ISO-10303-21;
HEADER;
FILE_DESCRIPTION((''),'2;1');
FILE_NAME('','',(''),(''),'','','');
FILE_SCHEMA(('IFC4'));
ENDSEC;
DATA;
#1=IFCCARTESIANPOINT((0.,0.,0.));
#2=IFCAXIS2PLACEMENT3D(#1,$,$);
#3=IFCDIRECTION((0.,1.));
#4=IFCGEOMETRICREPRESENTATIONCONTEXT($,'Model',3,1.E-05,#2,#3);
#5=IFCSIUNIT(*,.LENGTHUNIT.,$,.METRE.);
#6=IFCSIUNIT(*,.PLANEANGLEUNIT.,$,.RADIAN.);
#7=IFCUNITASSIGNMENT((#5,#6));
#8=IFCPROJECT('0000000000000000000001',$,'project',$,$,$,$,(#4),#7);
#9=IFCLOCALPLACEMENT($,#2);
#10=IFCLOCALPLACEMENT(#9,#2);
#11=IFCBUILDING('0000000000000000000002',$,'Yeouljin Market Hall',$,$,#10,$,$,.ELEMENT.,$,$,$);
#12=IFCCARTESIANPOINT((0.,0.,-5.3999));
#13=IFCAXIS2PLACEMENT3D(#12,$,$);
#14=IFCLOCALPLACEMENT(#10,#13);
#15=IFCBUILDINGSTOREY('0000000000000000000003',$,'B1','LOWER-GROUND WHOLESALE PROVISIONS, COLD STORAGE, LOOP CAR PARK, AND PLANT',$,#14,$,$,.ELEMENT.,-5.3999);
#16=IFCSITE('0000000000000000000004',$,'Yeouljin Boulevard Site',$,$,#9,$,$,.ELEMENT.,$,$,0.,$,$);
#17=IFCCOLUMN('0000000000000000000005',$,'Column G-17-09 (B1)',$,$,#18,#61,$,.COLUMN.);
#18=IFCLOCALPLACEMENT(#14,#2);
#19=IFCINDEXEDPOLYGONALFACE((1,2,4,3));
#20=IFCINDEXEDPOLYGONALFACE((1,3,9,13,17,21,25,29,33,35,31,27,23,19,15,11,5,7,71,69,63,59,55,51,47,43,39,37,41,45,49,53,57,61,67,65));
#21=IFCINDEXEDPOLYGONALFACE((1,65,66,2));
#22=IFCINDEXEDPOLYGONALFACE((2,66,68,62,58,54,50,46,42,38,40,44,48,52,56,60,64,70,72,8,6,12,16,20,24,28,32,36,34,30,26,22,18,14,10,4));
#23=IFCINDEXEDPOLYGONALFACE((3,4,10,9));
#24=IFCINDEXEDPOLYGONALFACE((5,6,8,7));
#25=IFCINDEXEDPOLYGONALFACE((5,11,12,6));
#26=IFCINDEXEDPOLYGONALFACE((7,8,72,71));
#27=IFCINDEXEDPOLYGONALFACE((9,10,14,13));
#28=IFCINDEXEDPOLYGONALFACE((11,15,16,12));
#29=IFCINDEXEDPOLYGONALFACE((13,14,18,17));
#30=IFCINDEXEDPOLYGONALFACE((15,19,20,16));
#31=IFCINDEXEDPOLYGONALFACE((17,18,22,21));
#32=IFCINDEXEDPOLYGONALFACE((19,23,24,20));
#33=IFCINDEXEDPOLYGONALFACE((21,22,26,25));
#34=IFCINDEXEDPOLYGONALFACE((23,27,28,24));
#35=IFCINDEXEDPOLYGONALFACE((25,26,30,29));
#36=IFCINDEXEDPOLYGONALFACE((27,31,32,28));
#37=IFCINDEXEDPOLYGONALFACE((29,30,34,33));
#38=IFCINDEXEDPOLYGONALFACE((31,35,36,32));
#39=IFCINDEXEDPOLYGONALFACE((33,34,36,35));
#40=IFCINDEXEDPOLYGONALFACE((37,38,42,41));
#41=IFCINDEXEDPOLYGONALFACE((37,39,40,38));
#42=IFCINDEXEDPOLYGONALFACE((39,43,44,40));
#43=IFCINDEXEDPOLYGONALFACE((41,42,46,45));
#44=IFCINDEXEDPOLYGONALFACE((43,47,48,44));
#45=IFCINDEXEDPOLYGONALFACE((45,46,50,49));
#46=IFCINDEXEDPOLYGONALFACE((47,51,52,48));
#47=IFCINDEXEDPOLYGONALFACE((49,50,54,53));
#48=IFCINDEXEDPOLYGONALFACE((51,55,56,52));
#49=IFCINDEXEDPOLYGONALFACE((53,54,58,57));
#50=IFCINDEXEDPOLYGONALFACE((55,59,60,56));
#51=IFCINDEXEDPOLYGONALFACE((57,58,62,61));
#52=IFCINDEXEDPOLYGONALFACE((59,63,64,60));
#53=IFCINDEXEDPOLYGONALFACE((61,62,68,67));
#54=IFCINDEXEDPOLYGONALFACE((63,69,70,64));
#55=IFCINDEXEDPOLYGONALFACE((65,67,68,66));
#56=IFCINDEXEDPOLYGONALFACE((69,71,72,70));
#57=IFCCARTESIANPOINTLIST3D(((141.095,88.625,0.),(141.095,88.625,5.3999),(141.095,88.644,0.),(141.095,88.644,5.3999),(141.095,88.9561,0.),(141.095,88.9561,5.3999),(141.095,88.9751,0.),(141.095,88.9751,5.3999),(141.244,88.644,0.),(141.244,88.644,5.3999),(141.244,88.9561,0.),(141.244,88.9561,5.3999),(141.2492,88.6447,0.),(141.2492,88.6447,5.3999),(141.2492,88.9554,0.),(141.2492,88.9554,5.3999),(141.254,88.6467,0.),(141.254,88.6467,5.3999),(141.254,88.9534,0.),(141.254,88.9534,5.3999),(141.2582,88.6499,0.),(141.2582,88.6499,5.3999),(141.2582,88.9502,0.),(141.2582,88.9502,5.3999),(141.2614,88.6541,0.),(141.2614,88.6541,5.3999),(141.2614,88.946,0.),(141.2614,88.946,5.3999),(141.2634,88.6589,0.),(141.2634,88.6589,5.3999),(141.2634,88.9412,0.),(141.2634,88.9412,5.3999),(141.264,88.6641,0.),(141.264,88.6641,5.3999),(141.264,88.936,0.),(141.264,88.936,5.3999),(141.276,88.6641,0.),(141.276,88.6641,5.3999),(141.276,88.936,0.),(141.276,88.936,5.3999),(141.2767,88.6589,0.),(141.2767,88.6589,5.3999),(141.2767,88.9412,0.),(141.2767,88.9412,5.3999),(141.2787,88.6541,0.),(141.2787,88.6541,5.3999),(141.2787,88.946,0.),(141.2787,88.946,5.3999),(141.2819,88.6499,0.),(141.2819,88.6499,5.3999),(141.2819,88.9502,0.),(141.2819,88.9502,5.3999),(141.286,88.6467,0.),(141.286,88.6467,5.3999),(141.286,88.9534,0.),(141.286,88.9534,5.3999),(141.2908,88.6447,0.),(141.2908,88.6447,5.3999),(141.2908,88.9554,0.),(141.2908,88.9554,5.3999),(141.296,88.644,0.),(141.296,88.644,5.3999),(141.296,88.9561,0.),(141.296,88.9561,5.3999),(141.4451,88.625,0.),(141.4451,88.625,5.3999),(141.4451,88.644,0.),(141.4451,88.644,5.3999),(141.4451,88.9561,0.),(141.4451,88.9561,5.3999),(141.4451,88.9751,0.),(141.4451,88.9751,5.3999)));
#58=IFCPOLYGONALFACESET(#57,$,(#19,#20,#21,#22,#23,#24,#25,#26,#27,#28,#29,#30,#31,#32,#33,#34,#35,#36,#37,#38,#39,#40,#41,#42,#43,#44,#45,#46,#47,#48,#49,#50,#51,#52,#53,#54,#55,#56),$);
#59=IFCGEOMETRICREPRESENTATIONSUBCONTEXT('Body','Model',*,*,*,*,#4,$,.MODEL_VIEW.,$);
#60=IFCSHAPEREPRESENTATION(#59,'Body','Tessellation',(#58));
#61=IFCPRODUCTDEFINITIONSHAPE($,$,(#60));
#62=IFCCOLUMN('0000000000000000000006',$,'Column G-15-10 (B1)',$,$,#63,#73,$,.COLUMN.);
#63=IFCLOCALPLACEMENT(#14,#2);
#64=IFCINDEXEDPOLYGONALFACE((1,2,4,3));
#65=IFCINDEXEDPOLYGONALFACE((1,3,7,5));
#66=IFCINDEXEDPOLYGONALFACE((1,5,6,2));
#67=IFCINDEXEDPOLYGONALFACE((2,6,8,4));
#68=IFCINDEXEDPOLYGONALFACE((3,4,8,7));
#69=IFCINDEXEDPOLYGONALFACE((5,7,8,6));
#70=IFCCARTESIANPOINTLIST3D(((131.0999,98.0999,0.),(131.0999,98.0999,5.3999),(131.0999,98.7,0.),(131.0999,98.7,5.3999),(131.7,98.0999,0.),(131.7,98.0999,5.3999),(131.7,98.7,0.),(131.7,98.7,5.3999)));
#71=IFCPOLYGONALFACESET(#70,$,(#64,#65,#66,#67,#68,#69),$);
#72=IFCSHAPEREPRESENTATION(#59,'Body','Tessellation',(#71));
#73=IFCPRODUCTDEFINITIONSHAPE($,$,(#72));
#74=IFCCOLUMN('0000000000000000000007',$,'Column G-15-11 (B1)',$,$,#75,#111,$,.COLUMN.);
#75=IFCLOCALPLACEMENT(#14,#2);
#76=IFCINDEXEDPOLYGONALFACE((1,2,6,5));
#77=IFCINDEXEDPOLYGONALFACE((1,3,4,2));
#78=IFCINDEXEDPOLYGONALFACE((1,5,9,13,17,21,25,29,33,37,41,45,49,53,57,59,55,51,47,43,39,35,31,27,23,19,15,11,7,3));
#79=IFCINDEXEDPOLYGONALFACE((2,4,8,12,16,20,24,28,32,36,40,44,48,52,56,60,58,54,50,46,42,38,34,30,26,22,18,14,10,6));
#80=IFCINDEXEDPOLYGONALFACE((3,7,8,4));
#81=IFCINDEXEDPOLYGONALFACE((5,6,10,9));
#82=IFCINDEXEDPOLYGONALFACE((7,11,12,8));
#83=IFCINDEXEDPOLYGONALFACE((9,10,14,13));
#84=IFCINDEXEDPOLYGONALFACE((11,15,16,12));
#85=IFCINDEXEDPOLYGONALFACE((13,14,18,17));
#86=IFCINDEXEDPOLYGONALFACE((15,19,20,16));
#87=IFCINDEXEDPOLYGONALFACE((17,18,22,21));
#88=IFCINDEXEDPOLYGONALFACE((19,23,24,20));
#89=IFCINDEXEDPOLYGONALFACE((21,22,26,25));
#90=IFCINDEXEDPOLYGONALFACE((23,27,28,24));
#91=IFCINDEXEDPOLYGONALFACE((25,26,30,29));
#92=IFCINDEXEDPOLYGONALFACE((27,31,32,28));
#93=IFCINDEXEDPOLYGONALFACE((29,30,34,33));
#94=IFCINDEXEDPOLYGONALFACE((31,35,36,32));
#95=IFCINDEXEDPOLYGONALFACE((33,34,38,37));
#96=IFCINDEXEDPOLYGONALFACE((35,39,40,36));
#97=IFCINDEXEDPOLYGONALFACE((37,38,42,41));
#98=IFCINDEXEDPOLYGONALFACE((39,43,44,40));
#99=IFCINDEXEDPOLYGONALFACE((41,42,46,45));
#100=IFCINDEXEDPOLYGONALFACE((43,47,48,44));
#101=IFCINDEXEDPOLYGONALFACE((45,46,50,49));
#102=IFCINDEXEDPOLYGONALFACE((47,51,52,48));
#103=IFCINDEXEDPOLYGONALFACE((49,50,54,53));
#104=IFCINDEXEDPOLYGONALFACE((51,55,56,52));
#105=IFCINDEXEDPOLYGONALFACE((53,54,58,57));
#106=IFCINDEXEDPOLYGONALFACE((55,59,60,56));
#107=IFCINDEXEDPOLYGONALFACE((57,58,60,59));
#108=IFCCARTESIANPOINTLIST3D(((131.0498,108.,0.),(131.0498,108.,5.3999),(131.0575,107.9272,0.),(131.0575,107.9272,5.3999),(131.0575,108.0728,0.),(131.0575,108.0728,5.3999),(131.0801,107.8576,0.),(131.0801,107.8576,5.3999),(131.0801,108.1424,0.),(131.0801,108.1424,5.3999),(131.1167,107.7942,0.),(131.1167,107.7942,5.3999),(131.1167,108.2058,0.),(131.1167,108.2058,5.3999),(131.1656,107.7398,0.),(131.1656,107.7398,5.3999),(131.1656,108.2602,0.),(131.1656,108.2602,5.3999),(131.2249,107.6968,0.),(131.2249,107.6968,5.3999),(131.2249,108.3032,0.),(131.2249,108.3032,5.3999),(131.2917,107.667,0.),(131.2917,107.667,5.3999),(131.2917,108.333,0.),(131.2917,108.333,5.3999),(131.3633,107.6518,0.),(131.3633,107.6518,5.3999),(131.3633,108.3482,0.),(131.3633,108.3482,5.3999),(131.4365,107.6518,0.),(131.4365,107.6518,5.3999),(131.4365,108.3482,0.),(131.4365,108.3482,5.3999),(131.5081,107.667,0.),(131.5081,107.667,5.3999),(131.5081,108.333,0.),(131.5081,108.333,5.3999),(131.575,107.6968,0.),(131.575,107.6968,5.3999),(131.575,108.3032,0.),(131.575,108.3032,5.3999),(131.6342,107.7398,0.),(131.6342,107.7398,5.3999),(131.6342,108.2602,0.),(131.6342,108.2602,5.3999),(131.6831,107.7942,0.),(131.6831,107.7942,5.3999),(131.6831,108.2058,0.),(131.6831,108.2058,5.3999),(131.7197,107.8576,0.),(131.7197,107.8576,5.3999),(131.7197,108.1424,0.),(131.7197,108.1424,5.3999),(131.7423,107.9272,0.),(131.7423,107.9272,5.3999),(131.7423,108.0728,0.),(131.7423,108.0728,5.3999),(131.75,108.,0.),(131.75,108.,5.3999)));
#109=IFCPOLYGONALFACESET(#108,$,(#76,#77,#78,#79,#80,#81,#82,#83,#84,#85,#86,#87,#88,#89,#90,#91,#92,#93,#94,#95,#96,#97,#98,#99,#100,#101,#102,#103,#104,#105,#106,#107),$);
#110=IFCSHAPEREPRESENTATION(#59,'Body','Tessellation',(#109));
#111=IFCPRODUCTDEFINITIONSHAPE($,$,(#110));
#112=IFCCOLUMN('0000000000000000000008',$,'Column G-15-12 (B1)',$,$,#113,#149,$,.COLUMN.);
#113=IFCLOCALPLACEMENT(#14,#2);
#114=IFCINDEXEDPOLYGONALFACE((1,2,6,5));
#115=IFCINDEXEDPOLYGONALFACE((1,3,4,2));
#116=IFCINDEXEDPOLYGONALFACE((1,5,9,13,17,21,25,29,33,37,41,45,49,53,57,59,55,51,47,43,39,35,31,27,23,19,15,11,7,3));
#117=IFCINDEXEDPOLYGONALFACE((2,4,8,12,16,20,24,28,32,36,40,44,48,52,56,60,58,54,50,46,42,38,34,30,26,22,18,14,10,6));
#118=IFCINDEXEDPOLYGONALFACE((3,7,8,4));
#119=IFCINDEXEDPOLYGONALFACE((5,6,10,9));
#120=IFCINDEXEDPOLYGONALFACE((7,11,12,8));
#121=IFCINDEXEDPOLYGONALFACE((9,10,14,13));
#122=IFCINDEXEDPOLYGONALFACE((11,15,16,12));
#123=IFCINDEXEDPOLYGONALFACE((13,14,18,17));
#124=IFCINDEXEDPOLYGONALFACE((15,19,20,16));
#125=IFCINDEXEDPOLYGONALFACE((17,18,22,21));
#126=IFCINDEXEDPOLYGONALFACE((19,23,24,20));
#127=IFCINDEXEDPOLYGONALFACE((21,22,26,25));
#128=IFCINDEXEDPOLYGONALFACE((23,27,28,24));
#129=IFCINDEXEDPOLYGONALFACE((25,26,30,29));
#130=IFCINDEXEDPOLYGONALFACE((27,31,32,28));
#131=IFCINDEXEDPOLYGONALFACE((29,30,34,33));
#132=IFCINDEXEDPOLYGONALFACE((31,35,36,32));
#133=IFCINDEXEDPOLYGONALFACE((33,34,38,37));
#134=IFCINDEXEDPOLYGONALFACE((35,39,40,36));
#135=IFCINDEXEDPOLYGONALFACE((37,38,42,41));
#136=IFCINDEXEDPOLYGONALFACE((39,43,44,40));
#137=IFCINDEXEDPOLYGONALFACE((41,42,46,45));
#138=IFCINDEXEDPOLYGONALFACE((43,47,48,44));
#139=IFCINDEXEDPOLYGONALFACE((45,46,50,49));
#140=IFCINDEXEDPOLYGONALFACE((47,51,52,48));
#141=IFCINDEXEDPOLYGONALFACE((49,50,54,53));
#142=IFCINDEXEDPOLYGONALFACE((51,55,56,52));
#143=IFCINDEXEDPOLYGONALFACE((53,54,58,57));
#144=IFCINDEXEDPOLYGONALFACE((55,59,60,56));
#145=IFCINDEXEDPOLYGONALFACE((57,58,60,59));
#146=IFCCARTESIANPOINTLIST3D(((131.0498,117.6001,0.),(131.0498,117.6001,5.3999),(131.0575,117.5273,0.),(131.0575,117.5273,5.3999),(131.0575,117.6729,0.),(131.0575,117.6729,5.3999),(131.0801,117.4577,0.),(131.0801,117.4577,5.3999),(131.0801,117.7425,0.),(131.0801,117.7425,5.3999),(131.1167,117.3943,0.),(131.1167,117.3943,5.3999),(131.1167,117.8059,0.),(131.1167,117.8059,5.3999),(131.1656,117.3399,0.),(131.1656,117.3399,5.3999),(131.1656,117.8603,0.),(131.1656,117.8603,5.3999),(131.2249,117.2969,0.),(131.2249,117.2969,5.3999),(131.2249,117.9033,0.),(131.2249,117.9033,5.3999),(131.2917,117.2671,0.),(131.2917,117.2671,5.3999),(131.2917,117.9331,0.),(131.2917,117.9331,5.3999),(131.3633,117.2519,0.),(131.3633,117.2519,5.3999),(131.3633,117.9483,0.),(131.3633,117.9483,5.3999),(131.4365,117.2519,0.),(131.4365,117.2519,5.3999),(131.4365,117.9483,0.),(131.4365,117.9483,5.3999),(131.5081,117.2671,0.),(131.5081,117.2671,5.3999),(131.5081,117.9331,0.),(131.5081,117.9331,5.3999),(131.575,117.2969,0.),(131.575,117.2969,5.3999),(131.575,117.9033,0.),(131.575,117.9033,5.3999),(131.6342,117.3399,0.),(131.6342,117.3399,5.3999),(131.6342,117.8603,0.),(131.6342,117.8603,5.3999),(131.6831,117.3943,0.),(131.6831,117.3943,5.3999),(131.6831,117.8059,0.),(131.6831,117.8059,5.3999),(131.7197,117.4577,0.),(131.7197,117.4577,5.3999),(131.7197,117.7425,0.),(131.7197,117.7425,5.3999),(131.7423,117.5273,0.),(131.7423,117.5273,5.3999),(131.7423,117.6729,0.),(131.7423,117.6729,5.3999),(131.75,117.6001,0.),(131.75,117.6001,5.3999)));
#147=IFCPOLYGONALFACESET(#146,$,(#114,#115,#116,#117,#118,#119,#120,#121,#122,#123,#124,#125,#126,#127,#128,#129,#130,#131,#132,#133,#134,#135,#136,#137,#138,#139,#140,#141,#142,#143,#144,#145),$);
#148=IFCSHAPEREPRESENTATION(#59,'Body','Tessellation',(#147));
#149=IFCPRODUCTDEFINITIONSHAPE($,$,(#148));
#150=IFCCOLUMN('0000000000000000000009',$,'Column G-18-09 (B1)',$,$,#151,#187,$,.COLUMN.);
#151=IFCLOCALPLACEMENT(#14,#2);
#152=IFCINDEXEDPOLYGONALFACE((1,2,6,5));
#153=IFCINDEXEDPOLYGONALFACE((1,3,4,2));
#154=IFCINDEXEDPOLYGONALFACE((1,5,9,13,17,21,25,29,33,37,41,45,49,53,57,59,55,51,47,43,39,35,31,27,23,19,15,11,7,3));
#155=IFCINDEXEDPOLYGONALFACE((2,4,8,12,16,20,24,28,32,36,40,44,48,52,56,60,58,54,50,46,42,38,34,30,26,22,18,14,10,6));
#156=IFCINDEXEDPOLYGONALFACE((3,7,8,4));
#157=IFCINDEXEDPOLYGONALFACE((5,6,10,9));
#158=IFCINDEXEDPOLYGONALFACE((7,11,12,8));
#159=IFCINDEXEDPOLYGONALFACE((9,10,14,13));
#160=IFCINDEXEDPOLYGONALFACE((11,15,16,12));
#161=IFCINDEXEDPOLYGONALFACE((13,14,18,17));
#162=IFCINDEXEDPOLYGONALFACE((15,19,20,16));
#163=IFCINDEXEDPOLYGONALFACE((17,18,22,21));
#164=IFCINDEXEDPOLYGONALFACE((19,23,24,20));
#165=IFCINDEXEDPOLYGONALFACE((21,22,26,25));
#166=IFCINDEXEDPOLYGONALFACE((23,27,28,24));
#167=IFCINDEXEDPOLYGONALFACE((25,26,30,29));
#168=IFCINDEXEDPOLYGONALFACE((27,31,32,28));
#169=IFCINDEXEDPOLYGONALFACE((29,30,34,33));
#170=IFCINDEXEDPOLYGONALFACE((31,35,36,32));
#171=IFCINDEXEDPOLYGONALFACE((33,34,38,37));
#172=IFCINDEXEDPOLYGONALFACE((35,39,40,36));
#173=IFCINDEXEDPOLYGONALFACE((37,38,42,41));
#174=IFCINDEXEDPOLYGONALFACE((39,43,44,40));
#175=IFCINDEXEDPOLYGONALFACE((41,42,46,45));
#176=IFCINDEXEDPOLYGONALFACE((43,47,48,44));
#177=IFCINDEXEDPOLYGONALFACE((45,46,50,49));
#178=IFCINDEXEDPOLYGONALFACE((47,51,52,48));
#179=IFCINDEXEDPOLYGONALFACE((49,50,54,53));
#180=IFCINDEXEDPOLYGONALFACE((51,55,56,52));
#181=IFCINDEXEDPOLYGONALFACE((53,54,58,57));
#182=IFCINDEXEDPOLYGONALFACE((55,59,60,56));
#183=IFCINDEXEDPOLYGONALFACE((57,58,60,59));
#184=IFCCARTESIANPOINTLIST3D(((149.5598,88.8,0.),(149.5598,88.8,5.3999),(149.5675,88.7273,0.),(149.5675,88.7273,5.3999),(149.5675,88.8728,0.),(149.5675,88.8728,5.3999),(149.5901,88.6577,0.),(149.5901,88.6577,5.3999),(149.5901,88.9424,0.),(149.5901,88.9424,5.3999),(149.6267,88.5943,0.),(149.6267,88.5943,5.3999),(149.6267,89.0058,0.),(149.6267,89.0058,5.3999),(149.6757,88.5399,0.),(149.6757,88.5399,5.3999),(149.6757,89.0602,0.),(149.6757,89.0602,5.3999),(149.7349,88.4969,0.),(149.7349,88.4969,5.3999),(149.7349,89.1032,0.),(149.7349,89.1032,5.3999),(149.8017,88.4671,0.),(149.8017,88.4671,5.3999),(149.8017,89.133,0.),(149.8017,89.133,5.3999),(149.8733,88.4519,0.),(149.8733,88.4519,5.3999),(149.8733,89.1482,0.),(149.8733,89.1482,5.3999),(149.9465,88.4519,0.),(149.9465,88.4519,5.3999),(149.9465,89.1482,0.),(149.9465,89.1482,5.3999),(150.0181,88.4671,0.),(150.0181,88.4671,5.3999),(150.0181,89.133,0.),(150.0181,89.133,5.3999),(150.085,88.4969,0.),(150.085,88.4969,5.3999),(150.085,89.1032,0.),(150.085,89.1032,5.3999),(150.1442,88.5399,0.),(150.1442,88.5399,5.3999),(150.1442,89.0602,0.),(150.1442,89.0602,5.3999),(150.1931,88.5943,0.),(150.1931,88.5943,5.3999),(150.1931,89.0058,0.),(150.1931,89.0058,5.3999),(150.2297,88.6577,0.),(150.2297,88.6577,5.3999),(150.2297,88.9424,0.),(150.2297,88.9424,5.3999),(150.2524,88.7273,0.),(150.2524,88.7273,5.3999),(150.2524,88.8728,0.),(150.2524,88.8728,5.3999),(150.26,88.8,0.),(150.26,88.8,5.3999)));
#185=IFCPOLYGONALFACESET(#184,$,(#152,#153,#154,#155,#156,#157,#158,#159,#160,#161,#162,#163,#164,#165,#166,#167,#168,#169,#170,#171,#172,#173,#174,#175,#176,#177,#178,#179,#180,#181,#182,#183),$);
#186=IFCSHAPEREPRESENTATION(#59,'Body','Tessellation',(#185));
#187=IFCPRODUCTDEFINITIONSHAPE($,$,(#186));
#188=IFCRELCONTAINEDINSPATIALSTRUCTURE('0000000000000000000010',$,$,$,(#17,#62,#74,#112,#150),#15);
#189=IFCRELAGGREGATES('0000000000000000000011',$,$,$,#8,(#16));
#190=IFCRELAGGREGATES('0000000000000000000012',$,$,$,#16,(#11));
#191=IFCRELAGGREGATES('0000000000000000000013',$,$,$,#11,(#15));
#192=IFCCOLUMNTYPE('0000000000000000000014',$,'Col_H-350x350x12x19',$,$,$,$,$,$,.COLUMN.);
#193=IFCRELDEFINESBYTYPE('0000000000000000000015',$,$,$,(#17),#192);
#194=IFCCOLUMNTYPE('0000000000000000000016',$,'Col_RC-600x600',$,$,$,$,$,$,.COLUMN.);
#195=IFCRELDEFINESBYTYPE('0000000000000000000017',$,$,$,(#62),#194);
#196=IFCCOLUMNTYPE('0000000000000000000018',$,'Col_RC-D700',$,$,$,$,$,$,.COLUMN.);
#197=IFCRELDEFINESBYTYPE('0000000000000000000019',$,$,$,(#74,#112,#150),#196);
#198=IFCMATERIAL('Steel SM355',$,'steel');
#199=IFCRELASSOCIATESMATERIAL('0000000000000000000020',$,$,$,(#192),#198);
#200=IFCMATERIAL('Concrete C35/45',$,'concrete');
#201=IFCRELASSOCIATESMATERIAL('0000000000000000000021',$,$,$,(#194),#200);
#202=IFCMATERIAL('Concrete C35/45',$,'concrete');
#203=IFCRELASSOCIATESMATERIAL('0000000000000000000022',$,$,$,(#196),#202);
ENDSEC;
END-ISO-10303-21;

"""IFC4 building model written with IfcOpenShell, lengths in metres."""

from ifc_helpers import new_model, si_unit, direction, frame, origin, origin_2d, place, context, subcontext, project, spatial, rectangle, circle, i_section, extrude, material, material_profile, profile_set, type_object, element, save


model = new_model("IFC4")

# Units and contexts
model_context = context("Model", 3, precision=1e-05, world=origin(), true_north=direction((0.0, 1.0)))
body_context = subcontext(model_context, "Body", "Model", "MODEL_VIEW")
ifc_project = project(units=[si_unit("LENGTHUNIT", "METRE"), si_unit("PLANEANGLEUNIT", "RADIAN")], contexts=[model_context])

# Site, building, storey
site_placement = place(None, origin())
site = spatial("IfcSite", under=ifc_project, at=site_placement, Name="Yeouljin Boulevard Site", CompositionType="ELEMENT", RefElevation=0.0)
building_placement = place(site_placement, origin())
building = spatial("IfcBuilding", under=site, at=building_placement, Name="Yeouljin Market Hall", CompositionType="ELEMENT")
storey_placement = place(building_placement, frame((0.0, 0.0, -5.3999)))
storey = spatial("IfcBuildingStorey", under=building, at=storey_placement, Name="B1", Description="LOWER-GROUND WHOLESALE PROVISIONS, COLD STORAGE, LOOP CAR PARK, AND PLANT", CompositionType="ELEMENT", Elevation=-5.3999)

# Columns
ifc_material_1 = material(Name="Steel SM355", Category="steel")
ifc_material_profile_1 = material_profile(ifc_material_1, i_section(OverallWidth=0.3501, OverallDepth=0.3501, WebThickness=0.012, FlangeThickness=0.019, FilletRadius=0.02, at=origin_2d()), Name="H-350x350x12x19")
ifc_profile_set_1 = profile_set([ifc_material_profile_1], Name="Steel SM355")
column_type_1 = type_object("IfcColumnType", Name="Col_H-350x350x12x19", PredefinedType="COLUMN", material=ifc_profile_set_1)
for number, where, z_axis, x_axis, name in (
    (1, (141.27, 88.8, 0.0), (0.0, 0.0, 1.0), (1.0, 0.0, 0.0), "Column G-17-09 (B1)"),
):
    element("IfcColumn", number, at=place(storey_placement, frame(where, z_axis=z_axis, x_axis=x_axis)), inside=storey, type_object=column_type_1, Name=name, PredefinedType="COLUMN", context=body_context, shape_type="SweptSolid", body=[
        extrude(i_section(OverallWidth=0.3501, OverallDepth=0.3501, WebThickness=0.012, FlangeThickness=0.019, FilletRadius=0.02, at=origin_2d()), origin(), (0.0, 0.0, 1.0), 5.3999),
    ])
ifc_material_2 = material(Name="Concrete C35/45", Category="concrete")
ifc_material_profile_2 = material_profile(ifc_material_2, rectangle(XDim=0.6001, YDim=0.6001, at=origin_2d()), Name="RC-600x600")
ifc_profile_set_2 = profile_set([ifc_material_profile_2], Name="Concrete C35/45")
column_type_2 = type_object("IfcColumnType", Name="Col_RC-600x600", PredefinedType="COLUMN", material=ifc_profile_set_2)
column_placement = place(storey_placement, frame((131.3999, 98.3999, 0.0), z_axis=(0.0, 0.0, 1.0), x_axis=(1.0, 0.0, 0.0)))
element("IfcColumn", 2, at=column_placement, inside=storey, type_object=column_type_2, Name="Column G-15-10 (B1)", PredefinedType="COLUMN", context=body_context, shape_type="SweptSolid", body=[
    extrude(rectangle(XDim=0.6001, YDim=0.6001, at=origin_2d()), origin(), (0.0, 0.0, 1.0), 5.3999),
])
ifc_material_3 = material(Name="Concrete C35/45", Category="concrete")
ifc_material_profile_3 = material_profile(ifc_material_3, circle(Radius=0.3501, at=origin_2d()), Name="RC-D700")
ifc_profile_set_3 = profile_set([ifc_material_profile_3], Name="Concrete C35/45")
column_type_3 = type_object("IfcColumnType", Name="Col_RC-D700", PredefinedType="COLUMN", material=ifc_profile_set_3)
for number, where, z_axis, x_axis, name in (
    (3, (131.3999, 108.0, 0.0), (0.0, 0.0, 1.0), (1.0, 0.0, 0.0), "Column G-15-11 (B1)"),
    (4, (131.3999, 117.6001, 0.0), (0.0, 0.0, 1.0), (1.0, 0.0, 0.0), "Column G-15-12 (B1)"),
    (5, (149.9099, 88.8, 0.0), (0.0, 0.0, 1.0), (1.0, 0.0, 0.0), "Column G-18-09 (B1)"),
):
    element("IfcColumn", number, at=place(storey_placement, frame(where, z_axis=z_axis, x_axis=x_axis)), inside=storey, type_object=column_type_3, Name=name, PredefinedType="COLUMN", context=body_context, shape_type="SweptSolid", body=[
        extrude(circle(Radius=0.3501, at=origin_2d()), origin(), (0.0, 0.0, 1.0), 5.3999),
    ])

save(model, "model.ifc")
